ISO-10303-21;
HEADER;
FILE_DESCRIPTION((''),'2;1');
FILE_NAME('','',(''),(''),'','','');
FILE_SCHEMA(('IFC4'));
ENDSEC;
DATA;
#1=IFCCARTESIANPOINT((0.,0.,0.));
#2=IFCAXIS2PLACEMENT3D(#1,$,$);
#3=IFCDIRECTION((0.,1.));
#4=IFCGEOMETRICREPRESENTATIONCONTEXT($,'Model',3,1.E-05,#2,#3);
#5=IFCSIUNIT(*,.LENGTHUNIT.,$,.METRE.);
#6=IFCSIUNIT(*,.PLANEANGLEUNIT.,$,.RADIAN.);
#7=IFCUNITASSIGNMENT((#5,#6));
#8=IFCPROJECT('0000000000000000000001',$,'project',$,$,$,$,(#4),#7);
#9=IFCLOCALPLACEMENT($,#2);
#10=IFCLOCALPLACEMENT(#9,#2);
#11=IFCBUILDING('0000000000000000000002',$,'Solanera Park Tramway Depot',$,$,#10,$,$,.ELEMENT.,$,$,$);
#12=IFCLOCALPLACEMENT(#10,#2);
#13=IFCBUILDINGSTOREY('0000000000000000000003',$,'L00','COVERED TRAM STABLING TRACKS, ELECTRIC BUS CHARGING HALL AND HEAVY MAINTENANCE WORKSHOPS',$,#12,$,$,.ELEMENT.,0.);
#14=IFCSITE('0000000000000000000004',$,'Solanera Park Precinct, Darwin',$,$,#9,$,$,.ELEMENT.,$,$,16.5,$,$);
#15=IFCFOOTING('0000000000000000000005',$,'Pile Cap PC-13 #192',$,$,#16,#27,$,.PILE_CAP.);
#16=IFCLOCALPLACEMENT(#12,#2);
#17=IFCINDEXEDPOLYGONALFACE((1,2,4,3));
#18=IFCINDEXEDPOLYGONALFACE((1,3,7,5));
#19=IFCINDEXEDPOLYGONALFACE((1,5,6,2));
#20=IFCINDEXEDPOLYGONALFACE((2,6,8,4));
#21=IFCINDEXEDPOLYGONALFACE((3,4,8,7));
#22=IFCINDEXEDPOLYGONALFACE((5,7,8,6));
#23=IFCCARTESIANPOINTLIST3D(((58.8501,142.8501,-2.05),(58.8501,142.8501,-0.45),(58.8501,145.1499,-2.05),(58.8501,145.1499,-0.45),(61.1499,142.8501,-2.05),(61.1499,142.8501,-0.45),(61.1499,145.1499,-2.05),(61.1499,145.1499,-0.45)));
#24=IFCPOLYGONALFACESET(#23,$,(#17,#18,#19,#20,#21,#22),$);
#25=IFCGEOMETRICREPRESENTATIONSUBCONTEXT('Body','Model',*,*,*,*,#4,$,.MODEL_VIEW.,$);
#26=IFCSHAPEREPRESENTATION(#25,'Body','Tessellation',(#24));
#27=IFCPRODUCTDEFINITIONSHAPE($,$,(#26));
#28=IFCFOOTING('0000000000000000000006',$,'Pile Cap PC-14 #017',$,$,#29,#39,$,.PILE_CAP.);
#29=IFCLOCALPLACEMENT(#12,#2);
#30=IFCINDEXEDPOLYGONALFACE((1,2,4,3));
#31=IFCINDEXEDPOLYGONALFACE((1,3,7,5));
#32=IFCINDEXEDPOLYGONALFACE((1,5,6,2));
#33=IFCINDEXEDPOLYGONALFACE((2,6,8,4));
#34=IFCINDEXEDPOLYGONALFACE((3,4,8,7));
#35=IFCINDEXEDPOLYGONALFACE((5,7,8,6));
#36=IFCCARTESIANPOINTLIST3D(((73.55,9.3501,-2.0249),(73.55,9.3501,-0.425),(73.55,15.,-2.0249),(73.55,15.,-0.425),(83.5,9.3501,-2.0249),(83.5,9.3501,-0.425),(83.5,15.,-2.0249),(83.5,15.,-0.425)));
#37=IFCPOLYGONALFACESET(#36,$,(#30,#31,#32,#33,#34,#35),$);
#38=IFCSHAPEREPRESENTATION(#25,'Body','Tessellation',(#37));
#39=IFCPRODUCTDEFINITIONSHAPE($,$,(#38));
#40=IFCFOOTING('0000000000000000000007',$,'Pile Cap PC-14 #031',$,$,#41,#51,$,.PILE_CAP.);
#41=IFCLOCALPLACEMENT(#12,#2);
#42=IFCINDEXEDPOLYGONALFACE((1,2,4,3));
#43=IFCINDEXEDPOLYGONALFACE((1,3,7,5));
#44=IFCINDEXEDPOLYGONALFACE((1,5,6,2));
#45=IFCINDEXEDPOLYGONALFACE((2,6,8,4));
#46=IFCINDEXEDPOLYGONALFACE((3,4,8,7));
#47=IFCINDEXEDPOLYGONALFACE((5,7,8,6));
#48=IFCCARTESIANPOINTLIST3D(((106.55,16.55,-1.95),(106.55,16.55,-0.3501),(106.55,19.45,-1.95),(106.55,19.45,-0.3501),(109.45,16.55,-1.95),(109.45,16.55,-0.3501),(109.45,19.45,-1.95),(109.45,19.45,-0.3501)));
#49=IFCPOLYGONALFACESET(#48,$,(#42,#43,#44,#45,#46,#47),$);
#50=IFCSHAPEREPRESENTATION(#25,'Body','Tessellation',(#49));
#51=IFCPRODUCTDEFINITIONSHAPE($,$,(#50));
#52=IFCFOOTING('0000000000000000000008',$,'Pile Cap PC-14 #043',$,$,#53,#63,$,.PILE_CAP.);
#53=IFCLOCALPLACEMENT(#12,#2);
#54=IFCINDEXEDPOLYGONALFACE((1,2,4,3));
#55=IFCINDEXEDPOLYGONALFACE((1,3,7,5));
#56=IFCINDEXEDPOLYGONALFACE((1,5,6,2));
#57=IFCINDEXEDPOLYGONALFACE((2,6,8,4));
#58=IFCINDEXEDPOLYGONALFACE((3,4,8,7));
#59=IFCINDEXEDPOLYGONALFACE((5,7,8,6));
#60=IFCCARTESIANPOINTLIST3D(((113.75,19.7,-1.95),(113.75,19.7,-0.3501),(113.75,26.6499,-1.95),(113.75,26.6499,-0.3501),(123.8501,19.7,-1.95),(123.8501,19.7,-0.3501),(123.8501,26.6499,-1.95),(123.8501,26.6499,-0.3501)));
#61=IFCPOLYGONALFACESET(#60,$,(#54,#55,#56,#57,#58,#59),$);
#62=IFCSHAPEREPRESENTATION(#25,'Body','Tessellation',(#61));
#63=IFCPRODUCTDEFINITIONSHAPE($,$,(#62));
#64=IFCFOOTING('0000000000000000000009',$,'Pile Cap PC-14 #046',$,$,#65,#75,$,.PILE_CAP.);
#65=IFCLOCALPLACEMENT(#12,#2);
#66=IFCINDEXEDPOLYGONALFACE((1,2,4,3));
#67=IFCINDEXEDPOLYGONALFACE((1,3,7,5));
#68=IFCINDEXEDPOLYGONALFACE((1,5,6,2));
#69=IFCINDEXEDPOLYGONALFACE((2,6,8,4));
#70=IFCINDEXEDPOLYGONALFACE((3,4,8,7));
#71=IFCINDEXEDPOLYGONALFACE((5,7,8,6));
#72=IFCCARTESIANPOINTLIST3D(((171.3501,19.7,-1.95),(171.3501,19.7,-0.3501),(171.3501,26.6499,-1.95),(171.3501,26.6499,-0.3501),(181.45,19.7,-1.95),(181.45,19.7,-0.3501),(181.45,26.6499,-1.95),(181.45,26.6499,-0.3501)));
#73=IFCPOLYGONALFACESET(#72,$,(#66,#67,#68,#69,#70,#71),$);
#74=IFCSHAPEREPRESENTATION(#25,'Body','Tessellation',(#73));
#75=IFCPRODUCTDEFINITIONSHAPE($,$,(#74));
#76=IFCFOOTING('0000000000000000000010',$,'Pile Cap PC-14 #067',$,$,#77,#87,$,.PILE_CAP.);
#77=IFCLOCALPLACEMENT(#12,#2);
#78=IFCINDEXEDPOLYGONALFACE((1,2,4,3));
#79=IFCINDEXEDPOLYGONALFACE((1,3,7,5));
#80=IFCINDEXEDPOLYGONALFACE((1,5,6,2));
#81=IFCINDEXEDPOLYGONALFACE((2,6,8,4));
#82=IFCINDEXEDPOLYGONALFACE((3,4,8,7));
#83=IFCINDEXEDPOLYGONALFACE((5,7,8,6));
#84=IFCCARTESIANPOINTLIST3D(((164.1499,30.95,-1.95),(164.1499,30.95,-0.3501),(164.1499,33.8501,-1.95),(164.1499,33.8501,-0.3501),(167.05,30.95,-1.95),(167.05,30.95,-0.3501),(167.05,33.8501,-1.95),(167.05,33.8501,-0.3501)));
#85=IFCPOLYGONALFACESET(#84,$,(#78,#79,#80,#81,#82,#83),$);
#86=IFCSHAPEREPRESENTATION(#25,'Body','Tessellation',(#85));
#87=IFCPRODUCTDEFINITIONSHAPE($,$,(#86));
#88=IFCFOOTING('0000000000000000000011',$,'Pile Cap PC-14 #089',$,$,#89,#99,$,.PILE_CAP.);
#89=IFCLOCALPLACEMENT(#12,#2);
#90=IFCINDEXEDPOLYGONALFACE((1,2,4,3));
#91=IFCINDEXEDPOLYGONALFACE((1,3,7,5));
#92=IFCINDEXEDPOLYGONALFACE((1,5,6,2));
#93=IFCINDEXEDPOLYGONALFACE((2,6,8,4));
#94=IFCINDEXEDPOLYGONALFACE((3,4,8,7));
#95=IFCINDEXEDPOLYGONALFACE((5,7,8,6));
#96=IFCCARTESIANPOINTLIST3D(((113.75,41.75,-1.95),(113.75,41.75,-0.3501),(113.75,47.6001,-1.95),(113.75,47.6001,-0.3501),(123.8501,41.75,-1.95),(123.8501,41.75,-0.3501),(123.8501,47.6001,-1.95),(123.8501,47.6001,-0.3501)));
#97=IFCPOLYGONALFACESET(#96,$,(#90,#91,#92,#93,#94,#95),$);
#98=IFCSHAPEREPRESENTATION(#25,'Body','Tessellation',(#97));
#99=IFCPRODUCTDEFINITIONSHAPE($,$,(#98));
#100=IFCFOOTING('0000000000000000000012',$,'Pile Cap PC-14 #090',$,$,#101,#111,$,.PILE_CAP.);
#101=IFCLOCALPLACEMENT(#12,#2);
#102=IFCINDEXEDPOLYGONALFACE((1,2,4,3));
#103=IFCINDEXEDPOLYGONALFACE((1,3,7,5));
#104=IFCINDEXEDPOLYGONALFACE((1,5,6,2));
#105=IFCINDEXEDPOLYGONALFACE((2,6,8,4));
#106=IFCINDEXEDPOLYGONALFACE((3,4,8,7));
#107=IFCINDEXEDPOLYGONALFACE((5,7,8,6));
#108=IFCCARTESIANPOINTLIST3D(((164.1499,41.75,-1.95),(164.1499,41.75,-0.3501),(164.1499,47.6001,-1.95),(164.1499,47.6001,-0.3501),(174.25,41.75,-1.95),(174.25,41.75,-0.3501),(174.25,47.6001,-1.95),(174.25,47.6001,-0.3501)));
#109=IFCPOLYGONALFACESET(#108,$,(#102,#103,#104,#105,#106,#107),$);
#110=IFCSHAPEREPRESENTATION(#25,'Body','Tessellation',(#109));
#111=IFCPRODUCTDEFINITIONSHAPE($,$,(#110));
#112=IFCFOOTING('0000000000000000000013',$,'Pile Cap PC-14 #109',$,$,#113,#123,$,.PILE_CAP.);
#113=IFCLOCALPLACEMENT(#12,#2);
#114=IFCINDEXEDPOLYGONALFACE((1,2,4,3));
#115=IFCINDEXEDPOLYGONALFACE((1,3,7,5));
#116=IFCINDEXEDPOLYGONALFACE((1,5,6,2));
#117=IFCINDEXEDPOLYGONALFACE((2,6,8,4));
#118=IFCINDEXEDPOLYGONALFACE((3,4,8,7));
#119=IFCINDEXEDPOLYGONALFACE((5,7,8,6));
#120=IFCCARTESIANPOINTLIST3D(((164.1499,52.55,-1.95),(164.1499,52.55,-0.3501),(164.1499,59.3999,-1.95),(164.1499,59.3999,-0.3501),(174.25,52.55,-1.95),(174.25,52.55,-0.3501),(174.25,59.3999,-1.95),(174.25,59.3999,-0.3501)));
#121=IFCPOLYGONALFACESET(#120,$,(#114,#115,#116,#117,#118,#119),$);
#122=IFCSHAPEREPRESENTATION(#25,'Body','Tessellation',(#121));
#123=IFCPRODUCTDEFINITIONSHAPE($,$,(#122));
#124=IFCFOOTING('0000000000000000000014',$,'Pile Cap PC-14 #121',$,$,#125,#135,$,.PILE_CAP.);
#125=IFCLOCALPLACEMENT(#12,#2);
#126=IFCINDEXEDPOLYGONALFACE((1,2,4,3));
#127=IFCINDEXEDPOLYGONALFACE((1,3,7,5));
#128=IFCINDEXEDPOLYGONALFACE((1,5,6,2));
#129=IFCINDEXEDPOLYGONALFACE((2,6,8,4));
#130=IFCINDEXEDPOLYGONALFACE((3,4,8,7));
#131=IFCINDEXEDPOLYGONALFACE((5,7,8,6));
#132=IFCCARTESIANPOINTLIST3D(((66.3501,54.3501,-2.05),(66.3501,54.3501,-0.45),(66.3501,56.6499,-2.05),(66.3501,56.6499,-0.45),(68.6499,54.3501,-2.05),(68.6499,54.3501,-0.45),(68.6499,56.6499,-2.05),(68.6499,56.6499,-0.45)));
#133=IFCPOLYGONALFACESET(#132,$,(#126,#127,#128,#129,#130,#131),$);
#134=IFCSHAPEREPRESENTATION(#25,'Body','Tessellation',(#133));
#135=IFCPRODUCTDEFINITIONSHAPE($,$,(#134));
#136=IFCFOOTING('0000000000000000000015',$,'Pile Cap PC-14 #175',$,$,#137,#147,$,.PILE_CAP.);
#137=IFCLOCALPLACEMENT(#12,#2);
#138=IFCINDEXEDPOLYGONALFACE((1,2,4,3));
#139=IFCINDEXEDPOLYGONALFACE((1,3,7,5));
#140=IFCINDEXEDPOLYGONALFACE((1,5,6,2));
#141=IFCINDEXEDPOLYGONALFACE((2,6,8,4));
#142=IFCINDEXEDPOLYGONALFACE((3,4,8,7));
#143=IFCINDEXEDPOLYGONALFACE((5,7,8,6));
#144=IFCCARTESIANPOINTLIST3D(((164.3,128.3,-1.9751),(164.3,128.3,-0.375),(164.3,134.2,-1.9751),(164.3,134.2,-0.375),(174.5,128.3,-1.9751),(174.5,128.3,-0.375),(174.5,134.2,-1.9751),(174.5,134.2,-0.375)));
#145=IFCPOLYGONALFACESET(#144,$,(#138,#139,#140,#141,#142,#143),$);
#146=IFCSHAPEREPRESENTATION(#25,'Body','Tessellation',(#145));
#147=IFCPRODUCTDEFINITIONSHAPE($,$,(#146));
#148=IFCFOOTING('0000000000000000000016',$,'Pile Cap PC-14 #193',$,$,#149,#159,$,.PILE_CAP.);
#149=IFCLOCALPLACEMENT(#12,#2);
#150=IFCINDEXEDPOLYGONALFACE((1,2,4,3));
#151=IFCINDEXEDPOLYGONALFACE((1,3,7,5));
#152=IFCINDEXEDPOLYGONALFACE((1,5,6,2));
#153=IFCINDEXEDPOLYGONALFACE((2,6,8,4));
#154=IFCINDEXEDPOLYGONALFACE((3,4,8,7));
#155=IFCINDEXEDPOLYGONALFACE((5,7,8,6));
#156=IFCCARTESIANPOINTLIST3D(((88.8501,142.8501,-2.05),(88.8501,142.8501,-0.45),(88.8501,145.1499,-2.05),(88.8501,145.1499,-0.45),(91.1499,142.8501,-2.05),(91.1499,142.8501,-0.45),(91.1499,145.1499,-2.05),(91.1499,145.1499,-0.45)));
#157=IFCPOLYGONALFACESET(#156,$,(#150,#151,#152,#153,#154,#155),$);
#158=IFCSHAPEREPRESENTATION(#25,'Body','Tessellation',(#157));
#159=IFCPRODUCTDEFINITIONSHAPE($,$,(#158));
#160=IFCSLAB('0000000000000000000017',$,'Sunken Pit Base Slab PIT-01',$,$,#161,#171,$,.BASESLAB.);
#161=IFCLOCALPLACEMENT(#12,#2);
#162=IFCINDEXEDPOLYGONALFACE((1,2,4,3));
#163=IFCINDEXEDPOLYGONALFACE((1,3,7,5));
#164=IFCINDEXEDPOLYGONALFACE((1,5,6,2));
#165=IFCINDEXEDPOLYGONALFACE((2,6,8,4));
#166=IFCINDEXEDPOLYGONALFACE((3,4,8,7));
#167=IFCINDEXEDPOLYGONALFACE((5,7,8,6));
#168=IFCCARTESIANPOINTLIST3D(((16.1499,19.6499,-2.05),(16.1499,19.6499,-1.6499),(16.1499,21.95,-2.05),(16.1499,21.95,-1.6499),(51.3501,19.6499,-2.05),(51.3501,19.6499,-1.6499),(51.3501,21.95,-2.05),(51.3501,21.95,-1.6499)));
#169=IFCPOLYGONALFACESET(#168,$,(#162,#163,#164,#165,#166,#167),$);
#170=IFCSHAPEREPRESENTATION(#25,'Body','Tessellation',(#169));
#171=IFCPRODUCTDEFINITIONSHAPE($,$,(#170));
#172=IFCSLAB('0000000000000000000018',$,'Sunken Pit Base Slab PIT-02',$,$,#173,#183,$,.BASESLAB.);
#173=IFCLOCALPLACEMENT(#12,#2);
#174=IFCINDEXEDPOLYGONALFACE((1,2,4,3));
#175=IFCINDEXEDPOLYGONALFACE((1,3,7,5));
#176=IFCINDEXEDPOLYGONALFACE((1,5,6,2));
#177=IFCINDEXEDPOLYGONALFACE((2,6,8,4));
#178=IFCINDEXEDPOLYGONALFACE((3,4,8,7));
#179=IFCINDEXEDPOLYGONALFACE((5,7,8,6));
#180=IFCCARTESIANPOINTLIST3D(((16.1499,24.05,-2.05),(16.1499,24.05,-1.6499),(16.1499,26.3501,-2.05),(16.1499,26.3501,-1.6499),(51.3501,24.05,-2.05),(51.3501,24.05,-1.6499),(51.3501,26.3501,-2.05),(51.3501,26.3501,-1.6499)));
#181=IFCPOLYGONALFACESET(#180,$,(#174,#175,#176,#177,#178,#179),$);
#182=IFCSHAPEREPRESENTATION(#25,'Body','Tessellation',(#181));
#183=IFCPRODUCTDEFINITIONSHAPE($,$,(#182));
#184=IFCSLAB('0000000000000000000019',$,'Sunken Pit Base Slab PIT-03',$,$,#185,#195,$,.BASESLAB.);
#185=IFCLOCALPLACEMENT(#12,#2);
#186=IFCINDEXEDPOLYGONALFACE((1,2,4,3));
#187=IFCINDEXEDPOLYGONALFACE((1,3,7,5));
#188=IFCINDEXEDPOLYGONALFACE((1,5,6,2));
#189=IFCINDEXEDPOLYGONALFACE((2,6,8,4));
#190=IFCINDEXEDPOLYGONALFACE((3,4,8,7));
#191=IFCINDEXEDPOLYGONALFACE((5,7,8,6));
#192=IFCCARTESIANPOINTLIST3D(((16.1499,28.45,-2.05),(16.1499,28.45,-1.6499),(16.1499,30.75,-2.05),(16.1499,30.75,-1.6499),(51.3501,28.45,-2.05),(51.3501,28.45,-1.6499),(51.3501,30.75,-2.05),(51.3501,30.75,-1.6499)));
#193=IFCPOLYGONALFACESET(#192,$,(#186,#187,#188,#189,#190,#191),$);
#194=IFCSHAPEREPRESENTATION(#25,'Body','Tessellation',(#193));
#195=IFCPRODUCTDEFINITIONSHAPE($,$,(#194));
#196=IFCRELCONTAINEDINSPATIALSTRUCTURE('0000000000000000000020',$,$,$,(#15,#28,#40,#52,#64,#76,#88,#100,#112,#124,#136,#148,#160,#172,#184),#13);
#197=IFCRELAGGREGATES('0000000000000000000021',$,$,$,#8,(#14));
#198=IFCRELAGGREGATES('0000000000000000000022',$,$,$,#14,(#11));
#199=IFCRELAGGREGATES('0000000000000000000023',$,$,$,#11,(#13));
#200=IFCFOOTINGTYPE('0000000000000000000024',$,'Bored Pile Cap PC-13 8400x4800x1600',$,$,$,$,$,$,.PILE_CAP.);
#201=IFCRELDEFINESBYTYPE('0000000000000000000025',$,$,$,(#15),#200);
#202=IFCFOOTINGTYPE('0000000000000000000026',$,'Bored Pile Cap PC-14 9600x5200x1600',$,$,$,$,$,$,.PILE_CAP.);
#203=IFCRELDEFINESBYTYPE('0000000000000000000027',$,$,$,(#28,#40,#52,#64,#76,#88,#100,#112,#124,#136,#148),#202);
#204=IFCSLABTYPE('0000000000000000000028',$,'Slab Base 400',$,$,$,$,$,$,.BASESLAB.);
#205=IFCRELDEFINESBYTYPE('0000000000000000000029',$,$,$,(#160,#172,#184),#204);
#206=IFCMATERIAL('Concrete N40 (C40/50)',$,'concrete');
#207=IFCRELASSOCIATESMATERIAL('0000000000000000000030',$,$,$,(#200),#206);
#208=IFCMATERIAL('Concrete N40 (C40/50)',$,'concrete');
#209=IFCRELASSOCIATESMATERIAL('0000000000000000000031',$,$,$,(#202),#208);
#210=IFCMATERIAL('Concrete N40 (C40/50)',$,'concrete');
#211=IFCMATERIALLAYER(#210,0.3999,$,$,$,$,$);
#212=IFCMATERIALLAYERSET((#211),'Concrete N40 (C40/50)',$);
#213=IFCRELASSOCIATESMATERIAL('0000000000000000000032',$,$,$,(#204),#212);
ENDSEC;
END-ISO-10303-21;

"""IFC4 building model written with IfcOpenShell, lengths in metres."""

from ifc_helpers import new_model, si_unit, direction, frame, origin, place, context, subcontext, project, spatial, polyline, outline, extrude, material, layer, layer_set, type_object, element, save


model = new_model("IFC4")

# Units and contexts
model_context = context("Model", 3, precision=1e-05, world=origin(), true_north=direction((0.0, 1.0)))
body_context = subcontext(model_context, "Body", "Model", "MODEL_VIEW")
ifc_project = project(units=[si_unit("LENGTHUNIT", "METRE"), si_unit("PLANEANGLEUNIT", "RADIAN")], contexts=[model_context])

# Site, building, storey
site_placement = place(None, origin())
site = spatial("IfcSite", under=ifc_project, at=site_placement, Name="Solanera Park Precinct, Darwin", CompositionType="ELEMENT", RefElevation=16.5)
building_placement = place(site_placement, origin())
building = spatial("IfcBuilding", under=site, at=building_placement, Name="Solanera Park Tramway Depot", CompositionType="ELEMENT")
storey_placement = place(building_placement, origin())
storey = spatial("IfcBuildingStorey", under=building, at=storey_placement, Name="L00", Description="COVERED TRAM STABLING TRACKS, ELECTRIC BUS CHARGING HALL AND HEAVY MAINTENANCE WORKSHOPS", CompositionType="ELEMENT", Elevation=0.0)

# Footings
ifc_material_1 = material(Name="Concrete N40 (C40/50)", Category="concrete")
footing_type_1 = type_object("IfcFootingType", Name="Bored Pile Cap PC-13 8400x4800x1600", PredefinedType="PILE_CAP", material=ifc_material_1)
footing_1_placement = place(storey_placement, frame((0.0, 0.0, -2.05)))
element("IfcFooting", 1, at=footing_1_placement, inside=storey, type_object=footing_type_1, Name="Pile Cap PC-13 #192", PredefinedType="PILE_CAP", context=body_context, shape_type="SweptSolid", body=[
    extrude(outline(polyline([(61.1499, 142.8501), (61.1499, 145.1499), (58.8501, 145.1499), (58.8501, 142.8501), (61.1499, 142.8501)])), origin(), (0.0, 0.0, 1.0), 1.6001),
])
ifc_material_2 = material(Name="Concrete N40 (C40/50)", Category="concrete")
footing_type_2 = type_object("IfcFootingType", Name="Bored Pile Cap PC-14 9600x5200x1600", PredefinedType="PILE_CAP", material=ifc_material_2)
footing_2_placement = place(storey_placement, frame((0.0, 0.0, -2.0249)))
element("IfcFooting", 2, at=footing_2_placement, inside=storey, type_object=footing_type_2, Name="Pile Cap PC-14 #017", PredefinedType="PILE_CAP", context=body_context, shape_type="SweptSolid", body=[
    extrude(outline(polyline([(83.5, 9.3501), (83.5, 15.0), (73.55, 15.0), (73.55, 9.3501), (83.5, 9.3501)])), origin(), (0.0, 0.0, 1.0), 1.5999),
])
footing_3_placement = place(storey_placement, frame((0.0, 0.0, -1.95)))
element("IfcFooting", 3, at=footing_3_placement, inside=storey, type_object=footing_type_2, Name="Pile Cap PC-14 #031", PredefinedType="PILE_CAP", context=body_context, shape_type="SweptSolid", body=[
    extrude(outline(polyline([(109.45, 16.55), (109.45, 19.45), (106.55, 19.45), (106.55, 16.55), (109.45, 16.55)])), origin(), (0.0, 0.0, 1.0), 1.5999),
])
footing_4_placement = place(storey_placement, frame((0.0, 0.0, -1.95)))
element("IfcFooting", 4, at=footing_4_placement, inside=storey, type_object=footing_type_2, Name="Pile Cap PC-14 #043", PredefinedType="PILE_CAP", context=body_context, shape_type="SweptSolid", body=[
    extrude(outline(polyline([(123.8501, 19.7), (123.8501, 26.6499), (113.75, 26.6499), (113.75, 19.7), (123.8501, 19.7)])), origin(), (0.0, 0.0, 1.0), 1.5999),
])
footing_5_placement = place(storey_placement, frame((0.0, 0.0, -1.95)))
element("IfcFooting", 5, at=footing_5_placement, inside=storey, type_object=footing_type_2, Name="Pile Cap PC-14 #046", PredefinedType="PILE_CAP", context=body_context, shape_type="SweptSolid", body=[
    extrude(outline(polyline([(181.45, 19.7), (181.45, 26.6499), (171.3501, 26.6499), (171.3501, 19.7), (181.45, 19.7)])), origin(), (0.0, 0.0, 1.0), 1.5999),
])
footing_6_placement = place(storey_placement, frame((0.0, 0.0, -1.95)))
element("IfcFooting", 6, at=footing_6_placement, inside=storey, type_object=footing_type_2, Name="Pile Cap PC-14 #067", PredefinedType="PILE_CAP", context=body_context, shape_type="SweptSolid", body=[
    extrude(outline(polyline([(167.05, 30.95), (167.05, 33.8501), (164.1499, 33.8501), (164.1499, 30.95), (167.05, 30.95)])), origin(), (0.0, 0.0, 1.0), 1.5999),
])
footing_7_placement = place(storey_placement, frame((0.0, 0.0, -1.95)))
element("IfcFooting", 7, at=footing_7_placement, inside=storey, type_object=footing_type_2, Name="Pile Cap PC-14 #089", PredefinedType="PILE_CAP", context=body_context, shape_type="SweptSolid", body=[
    extrude(outline(polyline([(123.8501, 41.75), (123.8501, 47.6001), (113.75, 47.6001), (113.75, 41.75), (123.8501, 41.75)])), origin(), (0.0, 0.0, 1.0), 1.5999),
])
footing_8_placement = place(storey_placement, frame((0.0, 0.0, -1.95)))
element("IfcFooting", 8, at=footing_8_placement, inside=storey, type_object=footing_type_2, Name="Pile Cap PC-14 #090", PredefinedType="PILE_CAP", context=body_context, shape_type="SweptSolid", body=[
    extrude(outline(polyline([(174.25, 41.75), (174.25, 47.6001), (164.1499, 47.6001), (164.1499, 41.75), (174.25, 41.75)])), origin(), (0.0, 0.0, 1.0), 1.5999),
])
footing_9_placement = place(storey_placement, frame((0.0, 0.0, -1.95)))
element("IfcFooting", 9, at=footing_9_placement, inside=storey, type_object=footing_type_2, Name="Pile Cap PC-14 #109", PredefinedType="PILE_CAP", context=body_context, shape_type="SweptSolid", body=[
    extrude(outline(polyline([(174.25, 52.55), (174.25, 59.3999), (164.1499, 59.3999), (164.1499, 52.55), (174.25, 52.55)])), origin(), (0.0, 0.0, 1.0), 1.5999),
])
footing_10_placement = place(storey_placement, frame((0.0, 0.0, -2.05)))
element("IfcFooting", 10, at=footing_10_placement, inside=storey, type_object=footing_type_2, Name="Pile Cap PC-14 #121", PredefinedType="PILE_CAP", context=body_context, shape_type="SweptSolid", body=[
    extrude(outline(polyline([(68.6499, 54.3501), (68.6499, 56.6499), (66.3501, 56.6499), (66.3501, 54.3501), (68.6499, 54.3501)])), origin(), (0.0, 0.0, 1.0), 1.6001),
])
footing_11_placement = place(storey_placement, frame((0.0, 0.0, -1.9751)))
element("IfcFooting", 11, at=footing_11_placement, inside=storey, type_object=footing_type_2, Name="Pile Cap PC-14 #175", PredefinedType="PILE_CAP", context=body_context, shape_type="SweptSolid", body=[
    extrude(outline(polyline([(174.5, 128.3), (174.5, 134.2), (164.3, 134.2), (164.3, 128.3), (174.5, 128.3)])), origin(), (0.0, 0.0, 1.0), 1.6001),
])
footing_12_placement = place(storey_placement, frame((0.0, 0.0, -2.05)))
element("IfcFooting", 12, at=footing_12_placement, inside=storey, type_object=footing_type_2, Name="Pile Cap PC-14 #193", PredefinedType="PILE_CAP", context=body_context, shape_type="SweptSolid", body=[
    extrude(outline(polyline([(91.1499, 142.8501), (91.1499, 145.1499), (88.8501, 145.1499), (88.8501, 142.8501), (91.1499, 142.8501)])), origin(), (0.0, 0.0, 1.0), 1.6001),
])

# Slabs
ifc_material_3 = material(Name="Concrete N40 (C40/50)", Category="concrete")
ifc_layer_1 = layer(ifc_material_3, 0.3999)
ifc_layer_set_1 = layer_set([ifc_layer_1], Name="Concrete N40 (C40/50)")
slab_type_1 = type_object("IfcSlabType", Name="Slab Base 400", PredefinedType="BASESLAB", material=ifc_layer_set_1)
slab_1_placement = place(storey_placement, frame((0.0, 0.0, -2.05)))
element("IfcSlab", 13, at=slab_1_placement, inside=storey, type_object=slab_type_1, Name="Sunken Pit Base Slab PIT-01", PredefinedType="BASESLAB", context=body_context, shape_type="SweptSolid", body=[
    extrude(outline(polyline([(51.3501, 19.6499), (51.3501, 21.95), (16.1499, 21.95), (16.1499, 19.6499), (51.3501, 19.6499)])), origin(), (0.0, 0.0, 1.0), 0.4001),
])
slab_2_placement = place(storey_placement, frame((0.0, 0.0, -2.05)))
element("IfcSlab", 14, at=slab_2_placement, inside=storey, type_object=slab_type_1, Name="Sunken Pit Base Slab PIT-02", PredefinedType="BASESLAB", context=body_context, shape_type="SweptSolid", body=[
    extrude(outline(polyline([(51.3501, 24.05), (51.3501, 26.3501), (16.1499, 26.3501), (16.1499, 24.05), (51.3501, 24.05)])), origin(), (0.0, 0.0, 1.0), 0.4001),
])
slab_3_placement = place(storey_placement, frame((0.0, 0.0, -2.05)))
element("IfcSlab", 15, at=slab_3_placement, inside=storey, type_object=slab_type_1, Name="Sunken Pit Base Slab PIT-03", PredefinedType="BASESLAB", context=body_context, shape_type="SweptSolid", body=[
    extrude(outline(polyline([(51.3501, 28.45), (51.3501, 30.75), (16.1499, 30.75), (16.1499, 28.45), (51.3501, 28.45)])), origin(), (0.0, 0.0, 1.0), 0.4001),
])

save(model, "model.ifc")
